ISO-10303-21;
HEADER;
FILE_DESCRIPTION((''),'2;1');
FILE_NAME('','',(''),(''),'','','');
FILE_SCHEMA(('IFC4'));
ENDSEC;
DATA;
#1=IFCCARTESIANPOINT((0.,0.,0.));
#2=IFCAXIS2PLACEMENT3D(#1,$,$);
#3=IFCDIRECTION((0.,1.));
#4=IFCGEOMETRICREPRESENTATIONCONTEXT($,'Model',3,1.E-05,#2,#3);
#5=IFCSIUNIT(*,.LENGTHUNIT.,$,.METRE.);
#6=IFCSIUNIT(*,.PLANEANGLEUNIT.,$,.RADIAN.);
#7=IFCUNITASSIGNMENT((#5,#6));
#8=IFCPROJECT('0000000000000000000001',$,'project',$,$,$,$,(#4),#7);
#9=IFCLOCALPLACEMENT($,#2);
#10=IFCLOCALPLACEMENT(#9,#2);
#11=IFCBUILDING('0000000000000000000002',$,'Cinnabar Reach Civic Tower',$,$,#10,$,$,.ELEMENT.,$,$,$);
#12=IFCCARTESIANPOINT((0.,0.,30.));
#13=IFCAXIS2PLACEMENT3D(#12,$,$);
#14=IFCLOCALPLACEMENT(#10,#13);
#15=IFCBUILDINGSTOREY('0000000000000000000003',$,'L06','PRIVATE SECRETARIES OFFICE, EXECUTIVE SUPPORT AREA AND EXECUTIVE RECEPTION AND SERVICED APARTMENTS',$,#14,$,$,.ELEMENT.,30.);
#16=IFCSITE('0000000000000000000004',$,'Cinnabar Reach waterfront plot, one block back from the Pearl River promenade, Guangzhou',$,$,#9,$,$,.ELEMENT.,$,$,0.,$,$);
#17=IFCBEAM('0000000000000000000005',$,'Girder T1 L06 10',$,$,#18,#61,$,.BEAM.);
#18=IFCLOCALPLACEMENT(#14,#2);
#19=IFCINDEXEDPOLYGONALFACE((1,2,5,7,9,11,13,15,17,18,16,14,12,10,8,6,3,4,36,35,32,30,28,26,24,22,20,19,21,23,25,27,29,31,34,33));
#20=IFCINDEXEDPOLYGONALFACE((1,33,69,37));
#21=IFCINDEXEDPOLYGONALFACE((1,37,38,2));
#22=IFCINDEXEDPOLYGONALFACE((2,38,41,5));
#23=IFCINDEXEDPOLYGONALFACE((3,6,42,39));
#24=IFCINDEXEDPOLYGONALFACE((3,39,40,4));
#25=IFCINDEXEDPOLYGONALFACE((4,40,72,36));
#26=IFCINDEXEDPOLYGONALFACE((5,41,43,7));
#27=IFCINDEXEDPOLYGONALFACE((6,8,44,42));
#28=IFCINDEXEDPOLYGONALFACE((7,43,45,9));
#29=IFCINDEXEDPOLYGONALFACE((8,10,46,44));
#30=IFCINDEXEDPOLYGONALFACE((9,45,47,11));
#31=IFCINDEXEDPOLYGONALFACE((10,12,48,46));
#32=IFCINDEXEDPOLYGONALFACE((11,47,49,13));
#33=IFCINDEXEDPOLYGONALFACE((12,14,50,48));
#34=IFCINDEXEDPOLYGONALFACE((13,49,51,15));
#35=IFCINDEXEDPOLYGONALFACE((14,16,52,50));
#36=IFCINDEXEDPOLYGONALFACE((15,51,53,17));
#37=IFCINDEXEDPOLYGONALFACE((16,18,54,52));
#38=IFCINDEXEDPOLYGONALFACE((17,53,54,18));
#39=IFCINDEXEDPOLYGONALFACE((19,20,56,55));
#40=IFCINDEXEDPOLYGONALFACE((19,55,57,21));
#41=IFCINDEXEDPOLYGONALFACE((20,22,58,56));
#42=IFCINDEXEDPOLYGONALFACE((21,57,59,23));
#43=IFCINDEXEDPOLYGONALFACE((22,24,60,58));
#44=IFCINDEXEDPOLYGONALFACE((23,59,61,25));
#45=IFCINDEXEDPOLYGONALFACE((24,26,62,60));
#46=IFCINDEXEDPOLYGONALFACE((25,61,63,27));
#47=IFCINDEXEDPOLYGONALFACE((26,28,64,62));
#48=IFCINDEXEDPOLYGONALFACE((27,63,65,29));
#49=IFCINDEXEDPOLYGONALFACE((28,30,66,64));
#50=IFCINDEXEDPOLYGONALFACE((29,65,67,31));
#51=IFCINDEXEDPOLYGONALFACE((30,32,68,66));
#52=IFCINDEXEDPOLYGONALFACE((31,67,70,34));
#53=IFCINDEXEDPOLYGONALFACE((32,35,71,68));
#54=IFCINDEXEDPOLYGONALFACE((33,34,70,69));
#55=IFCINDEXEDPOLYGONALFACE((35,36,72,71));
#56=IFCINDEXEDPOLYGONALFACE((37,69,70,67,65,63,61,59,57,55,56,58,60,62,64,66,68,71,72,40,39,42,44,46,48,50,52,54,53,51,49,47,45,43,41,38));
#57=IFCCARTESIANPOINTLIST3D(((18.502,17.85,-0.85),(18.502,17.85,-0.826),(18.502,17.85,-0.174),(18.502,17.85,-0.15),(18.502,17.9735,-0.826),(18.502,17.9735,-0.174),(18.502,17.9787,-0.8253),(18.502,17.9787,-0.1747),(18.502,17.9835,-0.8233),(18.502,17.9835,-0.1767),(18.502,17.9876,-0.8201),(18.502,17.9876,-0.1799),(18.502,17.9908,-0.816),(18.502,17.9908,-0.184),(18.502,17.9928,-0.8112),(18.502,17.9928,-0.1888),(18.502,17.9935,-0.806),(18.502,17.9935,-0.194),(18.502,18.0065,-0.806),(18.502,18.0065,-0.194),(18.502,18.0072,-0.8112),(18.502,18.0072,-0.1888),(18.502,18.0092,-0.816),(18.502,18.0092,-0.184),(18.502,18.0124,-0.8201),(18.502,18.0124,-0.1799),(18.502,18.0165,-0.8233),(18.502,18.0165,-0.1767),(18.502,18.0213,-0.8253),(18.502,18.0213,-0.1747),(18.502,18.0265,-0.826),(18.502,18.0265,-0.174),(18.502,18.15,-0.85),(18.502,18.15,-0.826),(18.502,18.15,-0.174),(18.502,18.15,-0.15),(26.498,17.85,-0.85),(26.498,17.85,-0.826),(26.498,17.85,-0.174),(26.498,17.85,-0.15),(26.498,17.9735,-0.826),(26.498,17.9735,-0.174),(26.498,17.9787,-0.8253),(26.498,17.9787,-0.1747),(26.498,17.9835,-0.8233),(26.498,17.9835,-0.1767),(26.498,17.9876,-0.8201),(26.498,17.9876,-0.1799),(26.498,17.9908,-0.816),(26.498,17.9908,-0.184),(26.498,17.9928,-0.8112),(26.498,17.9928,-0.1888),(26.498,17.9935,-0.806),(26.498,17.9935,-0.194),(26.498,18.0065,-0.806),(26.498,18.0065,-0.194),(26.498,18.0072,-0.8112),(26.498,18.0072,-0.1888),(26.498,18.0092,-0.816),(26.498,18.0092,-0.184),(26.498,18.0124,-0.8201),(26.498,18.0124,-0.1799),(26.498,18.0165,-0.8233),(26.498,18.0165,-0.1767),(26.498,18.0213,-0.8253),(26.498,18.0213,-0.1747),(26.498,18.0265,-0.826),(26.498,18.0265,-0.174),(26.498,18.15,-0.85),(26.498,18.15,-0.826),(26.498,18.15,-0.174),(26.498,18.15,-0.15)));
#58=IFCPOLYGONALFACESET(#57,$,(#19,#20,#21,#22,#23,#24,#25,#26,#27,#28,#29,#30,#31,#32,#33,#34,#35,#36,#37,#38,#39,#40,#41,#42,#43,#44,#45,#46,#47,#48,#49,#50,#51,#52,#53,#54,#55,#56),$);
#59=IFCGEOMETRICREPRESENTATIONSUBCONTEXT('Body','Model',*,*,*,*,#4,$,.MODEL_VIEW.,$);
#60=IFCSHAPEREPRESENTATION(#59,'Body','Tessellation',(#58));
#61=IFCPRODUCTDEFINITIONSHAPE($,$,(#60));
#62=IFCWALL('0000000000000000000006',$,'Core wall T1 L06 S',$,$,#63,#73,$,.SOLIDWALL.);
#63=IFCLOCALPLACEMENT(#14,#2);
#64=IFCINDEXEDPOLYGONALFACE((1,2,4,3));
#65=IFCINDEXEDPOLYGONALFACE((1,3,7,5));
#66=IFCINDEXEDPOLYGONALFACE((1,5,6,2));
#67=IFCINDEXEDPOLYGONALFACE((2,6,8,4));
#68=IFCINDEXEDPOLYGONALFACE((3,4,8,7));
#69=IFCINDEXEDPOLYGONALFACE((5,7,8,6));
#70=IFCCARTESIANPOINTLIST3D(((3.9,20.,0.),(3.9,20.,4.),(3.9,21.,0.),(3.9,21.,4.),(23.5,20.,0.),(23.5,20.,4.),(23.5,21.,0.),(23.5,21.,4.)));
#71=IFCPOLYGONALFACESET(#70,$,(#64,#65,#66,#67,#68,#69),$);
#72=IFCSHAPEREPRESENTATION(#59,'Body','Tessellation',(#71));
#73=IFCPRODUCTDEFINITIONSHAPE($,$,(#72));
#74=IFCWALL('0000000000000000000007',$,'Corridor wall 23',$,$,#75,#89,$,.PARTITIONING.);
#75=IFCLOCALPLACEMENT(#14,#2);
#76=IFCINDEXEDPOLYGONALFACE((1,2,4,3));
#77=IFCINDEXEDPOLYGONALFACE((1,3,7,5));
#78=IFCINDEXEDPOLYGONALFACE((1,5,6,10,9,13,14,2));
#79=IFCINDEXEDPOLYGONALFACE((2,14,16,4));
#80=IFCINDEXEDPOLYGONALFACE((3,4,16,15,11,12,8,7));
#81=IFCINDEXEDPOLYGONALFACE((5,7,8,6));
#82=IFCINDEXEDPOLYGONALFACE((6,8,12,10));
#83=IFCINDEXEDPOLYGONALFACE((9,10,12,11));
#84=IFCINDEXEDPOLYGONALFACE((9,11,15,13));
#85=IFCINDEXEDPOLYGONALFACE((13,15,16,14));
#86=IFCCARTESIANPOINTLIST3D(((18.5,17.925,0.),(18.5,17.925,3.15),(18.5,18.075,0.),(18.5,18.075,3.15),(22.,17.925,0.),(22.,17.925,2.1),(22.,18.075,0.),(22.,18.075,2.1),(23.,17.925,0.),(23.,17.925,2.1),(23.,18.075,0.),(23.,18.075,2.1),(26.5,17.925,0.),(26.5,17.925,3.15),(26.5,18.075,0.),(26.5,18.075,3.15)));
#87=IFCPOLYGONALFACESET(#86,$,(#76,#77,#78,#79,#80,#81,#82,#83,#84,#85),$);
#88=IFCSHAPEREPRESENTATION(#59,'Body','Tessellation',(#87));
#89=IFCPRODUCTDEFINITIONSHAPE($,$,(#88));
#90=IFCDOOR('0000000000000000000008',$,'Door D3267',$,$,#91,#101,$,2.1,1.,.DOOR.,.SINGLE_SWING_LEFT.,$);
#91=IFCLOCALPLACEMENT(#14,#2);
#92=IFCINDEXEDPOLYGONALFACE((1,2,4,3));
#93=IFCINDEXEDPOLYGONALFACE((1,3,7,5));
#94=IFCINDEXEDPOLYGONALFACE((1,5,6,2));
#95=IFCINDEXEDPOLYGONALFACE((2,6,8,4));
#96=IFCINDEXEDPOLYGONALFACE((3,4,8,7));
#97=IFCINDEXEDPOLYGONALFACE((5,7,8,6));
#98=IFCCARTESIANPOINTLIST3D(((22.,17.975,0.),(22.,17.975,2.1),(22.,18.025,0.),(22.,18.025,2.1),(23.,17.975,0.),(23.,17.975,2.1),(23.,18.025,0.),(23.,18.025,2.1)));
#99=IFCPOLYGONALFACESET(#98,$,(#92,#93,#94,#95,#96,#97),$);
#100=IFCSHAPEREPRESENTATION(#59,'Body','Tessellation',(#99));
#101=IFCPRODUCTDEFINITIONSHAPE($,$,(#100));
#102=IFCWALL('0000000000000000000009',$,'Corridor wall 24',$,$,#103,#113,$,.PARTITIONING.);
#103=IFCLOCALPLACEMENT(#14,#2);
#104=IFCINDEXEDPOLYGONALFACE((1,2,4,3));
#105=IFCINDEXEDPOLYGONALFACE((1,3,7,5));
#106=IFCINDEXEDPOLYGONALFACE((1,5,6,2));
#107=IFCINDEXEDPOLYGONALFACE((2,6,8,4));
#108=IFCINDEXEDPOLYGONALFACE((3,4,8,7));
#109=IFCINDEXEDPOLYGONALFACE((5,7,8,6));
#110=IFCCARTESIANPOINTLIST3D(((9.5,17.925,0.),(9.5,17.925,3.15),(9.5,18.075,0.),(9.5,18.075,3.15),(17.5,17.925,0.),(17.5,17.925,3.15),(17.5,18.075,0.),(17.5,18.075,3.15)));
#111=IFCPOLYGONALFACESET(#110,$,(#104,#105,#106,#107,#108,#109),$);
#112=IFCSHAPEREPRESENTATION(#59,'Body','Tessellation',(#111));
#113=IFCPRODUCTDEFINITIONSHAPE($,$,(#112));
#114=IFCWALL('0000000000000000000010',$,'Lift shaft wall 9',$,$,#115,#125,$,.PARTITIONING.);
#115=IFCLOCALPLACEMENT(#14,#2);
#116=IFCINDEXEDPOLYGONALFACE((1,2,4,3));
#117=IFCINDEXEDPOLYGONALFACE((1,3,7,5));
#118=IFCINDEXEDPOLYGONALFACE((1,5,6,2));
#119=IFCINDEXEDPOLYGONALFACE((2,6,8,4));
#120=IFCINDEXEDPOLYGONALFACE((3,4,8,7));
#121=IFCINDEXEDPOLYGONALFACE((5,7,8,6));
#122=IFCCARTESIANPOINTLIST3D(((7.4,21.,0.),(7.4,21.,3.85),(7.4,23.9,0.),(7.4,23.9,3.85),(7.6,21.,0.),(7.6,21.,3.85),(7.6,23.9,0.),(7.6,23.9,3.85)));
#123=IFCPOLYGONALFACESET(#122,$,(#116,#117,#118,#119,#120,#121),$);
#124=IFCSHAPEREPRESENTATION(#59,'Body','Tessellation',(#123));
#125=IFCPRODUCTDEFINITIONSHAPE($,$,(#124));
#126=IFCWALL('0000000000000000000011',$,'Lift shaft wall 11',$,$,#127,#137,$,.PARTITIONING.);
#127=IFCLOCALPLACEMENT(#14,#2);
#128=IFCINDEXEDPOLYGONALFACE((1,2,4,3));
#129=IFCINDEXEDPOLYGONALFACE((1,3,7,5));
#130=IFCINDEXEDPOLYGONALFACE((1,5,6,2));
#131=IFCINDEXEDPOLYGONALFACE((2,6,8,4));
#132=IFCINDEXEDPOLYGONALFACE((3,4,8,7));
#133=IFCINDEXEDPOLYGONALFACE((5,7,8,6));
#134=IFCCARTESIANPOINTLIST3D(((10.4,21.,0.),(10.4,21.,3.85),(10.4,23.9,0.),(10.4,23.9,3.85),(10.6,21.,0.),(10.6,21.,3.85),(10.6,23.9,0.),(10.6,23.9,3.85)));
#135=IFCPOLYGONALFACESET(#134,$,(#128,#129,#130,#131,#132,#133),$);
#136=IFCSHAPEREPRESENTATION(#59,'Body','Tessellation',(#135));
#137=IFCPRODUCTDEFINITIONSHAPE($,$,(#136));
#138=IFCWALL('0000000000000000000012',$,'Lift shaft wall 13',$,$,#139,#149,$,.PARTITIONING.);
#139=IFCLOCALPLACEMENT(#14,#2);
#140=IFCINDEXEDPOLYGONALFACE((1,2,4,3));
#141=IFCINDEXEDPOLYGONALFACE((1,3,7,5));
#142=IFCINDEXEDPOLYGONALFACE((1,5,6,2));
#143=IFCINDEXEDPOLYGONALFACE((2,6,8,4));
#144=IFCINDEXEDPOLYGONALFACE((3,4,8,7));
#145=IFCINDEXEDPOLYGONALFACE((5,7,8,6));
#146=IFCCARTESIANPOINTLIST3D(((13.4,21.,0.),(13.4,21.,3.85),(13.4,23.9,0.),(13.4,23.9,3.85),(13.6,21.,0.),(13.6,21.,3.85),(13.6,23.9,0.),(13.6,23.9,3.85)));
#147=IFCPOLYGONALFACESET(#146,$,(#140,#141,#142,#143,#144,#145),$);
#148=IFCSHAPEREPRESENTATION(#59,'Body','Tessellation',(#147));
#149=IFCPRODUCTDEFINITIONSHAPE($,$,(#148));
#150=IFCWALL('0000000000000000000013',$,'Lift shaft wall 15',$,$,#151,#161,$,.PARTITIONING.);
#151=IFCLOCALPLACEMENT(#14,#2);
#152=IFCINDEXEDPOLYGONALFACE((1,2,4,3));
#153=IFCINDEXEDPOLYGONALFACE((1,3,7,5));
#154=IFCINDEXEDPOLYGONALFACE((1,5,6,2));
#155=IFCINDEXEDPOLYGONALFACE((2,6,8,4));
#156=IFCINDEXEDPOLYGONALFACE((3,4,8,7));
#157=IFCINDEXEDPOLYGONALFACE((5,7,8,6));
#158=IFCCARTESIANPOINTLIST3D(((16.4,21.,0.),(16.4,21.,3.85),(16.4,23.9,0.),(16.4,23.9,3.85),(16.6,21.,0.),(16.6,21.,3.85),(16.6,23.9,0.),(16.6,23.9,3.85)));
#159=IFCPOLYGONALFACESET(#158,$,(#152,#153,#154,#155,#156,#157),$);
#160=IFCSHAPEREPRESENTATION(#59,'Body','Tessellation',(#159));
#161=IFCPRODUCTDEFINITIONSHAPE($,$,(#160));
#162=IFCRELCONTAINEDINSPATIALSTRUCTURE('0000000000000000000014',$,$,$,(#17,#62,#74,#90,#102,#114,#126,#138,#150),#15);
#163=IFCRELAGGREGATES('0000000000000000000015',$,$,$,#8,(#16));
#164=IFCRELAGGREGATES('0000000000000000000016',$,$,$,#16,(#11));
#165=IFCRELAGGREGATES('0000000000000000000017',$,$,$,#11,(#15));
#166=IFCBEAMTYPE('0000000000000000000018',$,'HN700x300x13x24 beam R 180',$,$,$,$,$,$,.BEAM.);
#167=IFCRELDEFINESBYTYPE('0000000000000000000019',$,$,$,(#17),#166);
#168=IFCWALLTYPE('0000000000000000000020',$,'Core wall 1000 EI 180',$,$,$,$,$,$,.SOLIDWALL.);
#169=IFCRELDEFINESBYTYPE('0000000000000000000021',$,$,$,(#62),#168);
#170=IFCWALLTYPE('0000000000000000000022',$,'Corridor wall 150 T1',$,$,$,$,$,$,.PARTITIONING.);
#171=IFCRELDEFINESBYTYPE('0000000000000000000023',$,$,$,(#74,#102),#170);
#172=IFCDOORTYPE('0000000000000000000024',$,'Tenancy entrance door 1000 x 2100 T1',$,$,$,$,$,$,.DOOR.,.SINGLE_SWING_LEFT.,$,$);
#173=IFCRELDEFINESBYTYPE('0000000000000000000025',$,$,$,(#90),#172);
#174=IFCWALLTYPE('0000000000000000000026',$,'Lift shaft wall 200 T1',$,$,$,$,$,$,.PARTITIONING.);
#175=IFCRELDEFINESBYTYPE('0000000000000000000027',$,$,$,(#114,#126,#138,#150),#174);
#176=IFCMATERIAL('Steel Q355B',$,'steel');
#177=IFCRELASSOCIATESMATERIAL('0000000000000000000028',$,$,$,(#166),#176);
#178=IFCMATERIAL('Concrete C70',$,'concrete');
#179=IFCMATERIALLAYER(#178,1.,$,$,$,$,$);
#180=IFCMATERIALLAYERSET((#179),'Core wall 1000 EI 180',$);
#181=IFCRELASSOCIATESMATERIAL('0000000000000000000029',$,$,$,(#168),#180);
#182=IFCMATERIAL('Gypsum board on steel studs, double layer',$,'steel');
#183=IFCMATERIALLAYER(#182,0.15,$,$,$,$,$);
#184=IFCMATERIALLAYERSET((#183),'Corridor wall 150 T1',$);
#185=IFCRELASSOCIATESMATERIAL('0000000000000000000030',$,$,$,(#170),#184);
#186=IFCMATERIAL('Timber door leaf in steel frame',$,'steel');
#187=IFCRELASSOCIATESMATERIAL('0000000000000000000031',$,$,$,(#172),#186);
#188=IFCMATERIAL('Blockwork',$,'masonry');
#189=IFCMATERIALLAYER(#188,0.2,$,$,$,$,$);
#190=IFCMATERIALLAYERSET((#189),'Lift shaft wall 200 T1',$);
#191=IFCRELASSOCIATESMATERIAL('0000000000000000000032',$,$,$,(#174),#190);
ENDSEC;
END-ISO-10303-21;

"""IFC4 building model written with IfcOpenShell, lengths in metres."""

from ifc_helpers import new_model, si_unit, direction, frame, frame_2d, origin, origin_2d, place, context, subcontext, project, spatial, rectangle, i_section, extrude, material, layer, layer_set, material_profile, profile_set, type_object, element, fill, save


model = new_model("IFC4")

# Units and contexts
model_context = context("Model", 3, precision=1e-05, world=origin(), true_north=direction((0.0, 1.0)))
body_context = subcontext(model_context, "Body", "Model", "MODEL_VIEW")
ifc_project = project(units=[si_unit("LENGTHUNIT", "METRE"), si_unit("PLANEANGLEUNIT", "RADIAN")], contexts=[model_context])

# Site, building, storey
site_placement = place(None, origin())
site = spatial("IfcSite", under=ifc_project, at=site_placement, Name="Cinnabar Reach waterfront plot, one block back from the Pearl River promenade, Guangzhou", CompositionType="ELEMENT", RefElevation=0.0)
building_placement = place(site_placement, origin())
building = spatial("IfcBuilding", under=site, at=building_placement, Name="Cinnabar Reach Civic Tower", CompositionType="ELEMENT")
storey_placement = place(building_placement, frame((0.0, 0.0, 30.0)))
storey = spatial("IfcBuildingStorey", under=building, at=storey_placement, Name="L06", Description="PRIVATE SECRETARIES OFFICE, EXECUTIVE SUPPORT AREA AND EXECUTIVE RECEPTION AND SERVICED APARTMENTS", CompositionType="ELEMENT", Elevation=30.0)

# Shared definitions
ifc_material_1 = material(Name="Concrete C70", Category="concrete")

# Beam
ifc_material_2 = material(Name="Steel Q355B", Category="steel")
ifc_material_profile_1 = material_profile(ifc_material_2, i_section(OverallWidth=0.3, OverallDepth=0.7, WebThickness=0.013, FlangeThickness=0.024, FilletRadius=0.02, at=origin_2d()), Name="HN700x300x13x24")
ifc_profile_set_1 = profile_set([ifc_material_profile_1], Name="Steel Q355B")
beam_type_1 = type_object("IfcBeamType", Name="HN700x300x13x24 beam R 180", PredefinedType="BEAM", material=ifc_profile_set_1)
for number, where, z_axis, x_axis, name in (
    (1, (18.502, 18.0, -0.5), (1.0, 0.0, 0.0), (0.0, 1.0, 0.0), "Girder T1 L06 10"),
):
    element("IfcBeam", number, at=place(storey_placement, frame(where, z_axis=z_axis, x_axis=x_axis)), inside=storey, type_object=beam_type_1, Name=name, PredefinedType="BEAM", context=body_context, shape_type="SweptSolid", body=[
        extrude(i_section(OverallWidth=0.3, OverallDepth=0.7, WebThickness=0.013, FlangeThickness=0.024, FilletRadius=0.02, at=origin_2d()), origin(), (0.0, 0.0, 1.0), 7.996),
    ])

# Wall
ifc_layer_1 = layer(ifc_material_1, 1.0)
ifc_layer_set_1 = layer_set([ifc_layer_1], Name="Core wall 1000 EI 180")
wall_type_1 = type_object("IfcWallType", Name="Core wall 1000 EI 180", PredefinedType="SOLIDWALL", material=ifc_layer_set_1)
wall_1_placement = place(storey_placement, frame((3.9, 20.5, 0.0), z_axis=(0.0, 0.0, 1.0), x_axis=(1.0, 0.0, 0.0)))
element("IfcWall", 2, at=wall_1_placement, inside=storey, type_object=wall_type_1, Name="Core wall T1 L06 S", PredefinedType="SOLIDWALL", context=body_context, shape_type="SweptSolid", body=[
    extrude(rectangle(XDim=19.6, YDim=1.0, at=frame_2d((9.8, 0.0))), origin(), (0.0, 0.0, 1.0), 4.0),
])

# Wall, opening, door
ifc_material_3 = material(Name="Gypsum board on steel studs, double layer", Category="steel")
ifc_layer_2 = layer(ifc_material_3, 0.15)
ifc_layer_set_2 = layer_set([ifc_layer_2], Name="Corridor wall 150 T1")
wall_type_2 = type_object("IfcWallType", Name="Corridor wall 150 T1", PredefinedType="PARTITIONING", material=ifc_layer_set_2)
wall_2_placement = place(storey_placement, frame((18.5, 18.0, 0.0), z_axis=(0.0, 0.0, 1.0), x_axis=(1.0, 0.0, 0.0)))
wall_2 = element("IfcWall", 3, at=wall_2_placement, inside=storey, type_object=wall_type_2, Name="Corridor wall 23", PredefinedType="PARTITIONING", context=body_context, shape_type="SweptSolid", body=[
    extrude(rectangle(XDim=8.0, YDim=0.15, at=frame_2d((4.0, 0.0))), origin(), (0.0, 0.0, 1.0), 3.15),
])
opening_1_placement = place(wall_2_placement, frame((3.5, 0.0, 0.0)))
opening_1 = element("IfcOpeningElement", 4, at=opening_1_placement, cuts=wall_2, PredefinedType="OPENING", context=body_context, shape_type="SweptSolid", body=[
    extrude(rectangle(XDim=1.0, YDim=2.1, at=frame_2d((0.5, 1.05))), frame((0.0, 0.085, 0.0), z_axis=(0.0, -1.0, 0.0), x_axis=(1.0, 0.0, 0.0)), (0.0, 0.0, 1.0), 0.17),
])
ifc_material_4 = material(Name="Timber door leaf in steel frame", Category="steel")
door_type_1 = type_object("IfcDoorType", Name="Tenancy entrance door 1000 x 2100 T1", OperationType="SINGLE_SWING_LEFT", PredefinedType="DOOR", material=ifc_material_4)
door_1_placement = place(opening_1_placement, frame((1.0, 0.0, 0.0), z_axis=(0.0, 0.0, 1.0), x_axis=(-1.0, 0.0, 0.0)))
door_1 = element("IfcDoor", 5, at=door_1_placement, inside=storey, type_object=door_type_1, Name="Door D3267", OperationType="SINGLE_SWING_LEFT", OverallHeight=2.1, OverallWidth=1.0, PredefinedType="DOOR", context=body_context, shape_type="SweptSolid", body=[
    extrude(rectangle(XDim=1.0, YDim=2.1, at=frame_2d((0.5, 1.05))), frame((0.0, 0.025, 0.0), z_axis=(0.0, -1.0, 0.0), x_axis=(1.0, 0.0, 0.0)), (0.0, 0.0, 1.0), 0.05),
])
fill(opening_1, door_1)

# Walls
wall_3_placement = place(storey_placement, frame((9.5, 18.0, 0.0), z_axis=(0.0, 0.0, 1.0), x_axis=(1.0, 0.0, 0.0)))
element("IfcWall", 6, at=wall_3_placement, inside=storey, type_object=wall_type_2, Name="Corridor wall 24", PredefinedType="PARTITIONING", context=body_context, shape_type="SweptSolid", body=[
    extrude(rectangle(XDim=8.0, YDim=0.15, at=frame_2d((4.0, 0.0))), origin(), (0.0, 0.0, 1.0), 3.15),
])
ifc_material_5 = material(Name="Blockwork", Category="masonry")
ifc_layer_3 = layer(ifc_material_5, 0.2)
ifc_layer_set_3 = layer_set([ifc_layer_3], Name="Lift shaft wall 200 T1")
wall_type_3 = type_object("IfcWallType", Name="Lift shaft wall 200 T1", PredefinedType="PARTITIONING", material=ifc_layer_set_3)
for number, where, z_axis, x_axis, name in (
    (7, (7.5, 21.0, 0.0), (0.0, 0.0, 1.0), (0.0, 1.0, 0.0), "Lift shaft wall 9"),
    (8, (10.5, 21.0, 0.0), (0.0, 0.0, 1.0), (0.0, 1.0, 0.0), "Lift shaft wall 11"),
    (9, (13.5, 21.0, 0.0), (0.0, 0.0, 1.0), (0.0, 1.0, 0.0), "Lift shaft wall 13"),
    (10, (16.5, 21.0, 0.0), (0.0, 0.0, 1.0), (0.0, 1.0, 0.0), "Lift shaft wall 15"),
):
    element("IfcWall", number, at=place(storey_placement, frame(where, z_axis=z_axis, x_axis=x_axis)), inside=storey, type_object=wall_type_3, Name=name, PredefinedType="PARTITIONING", context=body_context, shape_type="SweptSolid", body=[
        extrude(rectangle(XDim=2.9, YDim=0.2, at=frame_2d((1.45, 0.0))), origin(), (0.0, 0.0, 1.0), 3.85),
    ])

save(model, "model.ifc")
